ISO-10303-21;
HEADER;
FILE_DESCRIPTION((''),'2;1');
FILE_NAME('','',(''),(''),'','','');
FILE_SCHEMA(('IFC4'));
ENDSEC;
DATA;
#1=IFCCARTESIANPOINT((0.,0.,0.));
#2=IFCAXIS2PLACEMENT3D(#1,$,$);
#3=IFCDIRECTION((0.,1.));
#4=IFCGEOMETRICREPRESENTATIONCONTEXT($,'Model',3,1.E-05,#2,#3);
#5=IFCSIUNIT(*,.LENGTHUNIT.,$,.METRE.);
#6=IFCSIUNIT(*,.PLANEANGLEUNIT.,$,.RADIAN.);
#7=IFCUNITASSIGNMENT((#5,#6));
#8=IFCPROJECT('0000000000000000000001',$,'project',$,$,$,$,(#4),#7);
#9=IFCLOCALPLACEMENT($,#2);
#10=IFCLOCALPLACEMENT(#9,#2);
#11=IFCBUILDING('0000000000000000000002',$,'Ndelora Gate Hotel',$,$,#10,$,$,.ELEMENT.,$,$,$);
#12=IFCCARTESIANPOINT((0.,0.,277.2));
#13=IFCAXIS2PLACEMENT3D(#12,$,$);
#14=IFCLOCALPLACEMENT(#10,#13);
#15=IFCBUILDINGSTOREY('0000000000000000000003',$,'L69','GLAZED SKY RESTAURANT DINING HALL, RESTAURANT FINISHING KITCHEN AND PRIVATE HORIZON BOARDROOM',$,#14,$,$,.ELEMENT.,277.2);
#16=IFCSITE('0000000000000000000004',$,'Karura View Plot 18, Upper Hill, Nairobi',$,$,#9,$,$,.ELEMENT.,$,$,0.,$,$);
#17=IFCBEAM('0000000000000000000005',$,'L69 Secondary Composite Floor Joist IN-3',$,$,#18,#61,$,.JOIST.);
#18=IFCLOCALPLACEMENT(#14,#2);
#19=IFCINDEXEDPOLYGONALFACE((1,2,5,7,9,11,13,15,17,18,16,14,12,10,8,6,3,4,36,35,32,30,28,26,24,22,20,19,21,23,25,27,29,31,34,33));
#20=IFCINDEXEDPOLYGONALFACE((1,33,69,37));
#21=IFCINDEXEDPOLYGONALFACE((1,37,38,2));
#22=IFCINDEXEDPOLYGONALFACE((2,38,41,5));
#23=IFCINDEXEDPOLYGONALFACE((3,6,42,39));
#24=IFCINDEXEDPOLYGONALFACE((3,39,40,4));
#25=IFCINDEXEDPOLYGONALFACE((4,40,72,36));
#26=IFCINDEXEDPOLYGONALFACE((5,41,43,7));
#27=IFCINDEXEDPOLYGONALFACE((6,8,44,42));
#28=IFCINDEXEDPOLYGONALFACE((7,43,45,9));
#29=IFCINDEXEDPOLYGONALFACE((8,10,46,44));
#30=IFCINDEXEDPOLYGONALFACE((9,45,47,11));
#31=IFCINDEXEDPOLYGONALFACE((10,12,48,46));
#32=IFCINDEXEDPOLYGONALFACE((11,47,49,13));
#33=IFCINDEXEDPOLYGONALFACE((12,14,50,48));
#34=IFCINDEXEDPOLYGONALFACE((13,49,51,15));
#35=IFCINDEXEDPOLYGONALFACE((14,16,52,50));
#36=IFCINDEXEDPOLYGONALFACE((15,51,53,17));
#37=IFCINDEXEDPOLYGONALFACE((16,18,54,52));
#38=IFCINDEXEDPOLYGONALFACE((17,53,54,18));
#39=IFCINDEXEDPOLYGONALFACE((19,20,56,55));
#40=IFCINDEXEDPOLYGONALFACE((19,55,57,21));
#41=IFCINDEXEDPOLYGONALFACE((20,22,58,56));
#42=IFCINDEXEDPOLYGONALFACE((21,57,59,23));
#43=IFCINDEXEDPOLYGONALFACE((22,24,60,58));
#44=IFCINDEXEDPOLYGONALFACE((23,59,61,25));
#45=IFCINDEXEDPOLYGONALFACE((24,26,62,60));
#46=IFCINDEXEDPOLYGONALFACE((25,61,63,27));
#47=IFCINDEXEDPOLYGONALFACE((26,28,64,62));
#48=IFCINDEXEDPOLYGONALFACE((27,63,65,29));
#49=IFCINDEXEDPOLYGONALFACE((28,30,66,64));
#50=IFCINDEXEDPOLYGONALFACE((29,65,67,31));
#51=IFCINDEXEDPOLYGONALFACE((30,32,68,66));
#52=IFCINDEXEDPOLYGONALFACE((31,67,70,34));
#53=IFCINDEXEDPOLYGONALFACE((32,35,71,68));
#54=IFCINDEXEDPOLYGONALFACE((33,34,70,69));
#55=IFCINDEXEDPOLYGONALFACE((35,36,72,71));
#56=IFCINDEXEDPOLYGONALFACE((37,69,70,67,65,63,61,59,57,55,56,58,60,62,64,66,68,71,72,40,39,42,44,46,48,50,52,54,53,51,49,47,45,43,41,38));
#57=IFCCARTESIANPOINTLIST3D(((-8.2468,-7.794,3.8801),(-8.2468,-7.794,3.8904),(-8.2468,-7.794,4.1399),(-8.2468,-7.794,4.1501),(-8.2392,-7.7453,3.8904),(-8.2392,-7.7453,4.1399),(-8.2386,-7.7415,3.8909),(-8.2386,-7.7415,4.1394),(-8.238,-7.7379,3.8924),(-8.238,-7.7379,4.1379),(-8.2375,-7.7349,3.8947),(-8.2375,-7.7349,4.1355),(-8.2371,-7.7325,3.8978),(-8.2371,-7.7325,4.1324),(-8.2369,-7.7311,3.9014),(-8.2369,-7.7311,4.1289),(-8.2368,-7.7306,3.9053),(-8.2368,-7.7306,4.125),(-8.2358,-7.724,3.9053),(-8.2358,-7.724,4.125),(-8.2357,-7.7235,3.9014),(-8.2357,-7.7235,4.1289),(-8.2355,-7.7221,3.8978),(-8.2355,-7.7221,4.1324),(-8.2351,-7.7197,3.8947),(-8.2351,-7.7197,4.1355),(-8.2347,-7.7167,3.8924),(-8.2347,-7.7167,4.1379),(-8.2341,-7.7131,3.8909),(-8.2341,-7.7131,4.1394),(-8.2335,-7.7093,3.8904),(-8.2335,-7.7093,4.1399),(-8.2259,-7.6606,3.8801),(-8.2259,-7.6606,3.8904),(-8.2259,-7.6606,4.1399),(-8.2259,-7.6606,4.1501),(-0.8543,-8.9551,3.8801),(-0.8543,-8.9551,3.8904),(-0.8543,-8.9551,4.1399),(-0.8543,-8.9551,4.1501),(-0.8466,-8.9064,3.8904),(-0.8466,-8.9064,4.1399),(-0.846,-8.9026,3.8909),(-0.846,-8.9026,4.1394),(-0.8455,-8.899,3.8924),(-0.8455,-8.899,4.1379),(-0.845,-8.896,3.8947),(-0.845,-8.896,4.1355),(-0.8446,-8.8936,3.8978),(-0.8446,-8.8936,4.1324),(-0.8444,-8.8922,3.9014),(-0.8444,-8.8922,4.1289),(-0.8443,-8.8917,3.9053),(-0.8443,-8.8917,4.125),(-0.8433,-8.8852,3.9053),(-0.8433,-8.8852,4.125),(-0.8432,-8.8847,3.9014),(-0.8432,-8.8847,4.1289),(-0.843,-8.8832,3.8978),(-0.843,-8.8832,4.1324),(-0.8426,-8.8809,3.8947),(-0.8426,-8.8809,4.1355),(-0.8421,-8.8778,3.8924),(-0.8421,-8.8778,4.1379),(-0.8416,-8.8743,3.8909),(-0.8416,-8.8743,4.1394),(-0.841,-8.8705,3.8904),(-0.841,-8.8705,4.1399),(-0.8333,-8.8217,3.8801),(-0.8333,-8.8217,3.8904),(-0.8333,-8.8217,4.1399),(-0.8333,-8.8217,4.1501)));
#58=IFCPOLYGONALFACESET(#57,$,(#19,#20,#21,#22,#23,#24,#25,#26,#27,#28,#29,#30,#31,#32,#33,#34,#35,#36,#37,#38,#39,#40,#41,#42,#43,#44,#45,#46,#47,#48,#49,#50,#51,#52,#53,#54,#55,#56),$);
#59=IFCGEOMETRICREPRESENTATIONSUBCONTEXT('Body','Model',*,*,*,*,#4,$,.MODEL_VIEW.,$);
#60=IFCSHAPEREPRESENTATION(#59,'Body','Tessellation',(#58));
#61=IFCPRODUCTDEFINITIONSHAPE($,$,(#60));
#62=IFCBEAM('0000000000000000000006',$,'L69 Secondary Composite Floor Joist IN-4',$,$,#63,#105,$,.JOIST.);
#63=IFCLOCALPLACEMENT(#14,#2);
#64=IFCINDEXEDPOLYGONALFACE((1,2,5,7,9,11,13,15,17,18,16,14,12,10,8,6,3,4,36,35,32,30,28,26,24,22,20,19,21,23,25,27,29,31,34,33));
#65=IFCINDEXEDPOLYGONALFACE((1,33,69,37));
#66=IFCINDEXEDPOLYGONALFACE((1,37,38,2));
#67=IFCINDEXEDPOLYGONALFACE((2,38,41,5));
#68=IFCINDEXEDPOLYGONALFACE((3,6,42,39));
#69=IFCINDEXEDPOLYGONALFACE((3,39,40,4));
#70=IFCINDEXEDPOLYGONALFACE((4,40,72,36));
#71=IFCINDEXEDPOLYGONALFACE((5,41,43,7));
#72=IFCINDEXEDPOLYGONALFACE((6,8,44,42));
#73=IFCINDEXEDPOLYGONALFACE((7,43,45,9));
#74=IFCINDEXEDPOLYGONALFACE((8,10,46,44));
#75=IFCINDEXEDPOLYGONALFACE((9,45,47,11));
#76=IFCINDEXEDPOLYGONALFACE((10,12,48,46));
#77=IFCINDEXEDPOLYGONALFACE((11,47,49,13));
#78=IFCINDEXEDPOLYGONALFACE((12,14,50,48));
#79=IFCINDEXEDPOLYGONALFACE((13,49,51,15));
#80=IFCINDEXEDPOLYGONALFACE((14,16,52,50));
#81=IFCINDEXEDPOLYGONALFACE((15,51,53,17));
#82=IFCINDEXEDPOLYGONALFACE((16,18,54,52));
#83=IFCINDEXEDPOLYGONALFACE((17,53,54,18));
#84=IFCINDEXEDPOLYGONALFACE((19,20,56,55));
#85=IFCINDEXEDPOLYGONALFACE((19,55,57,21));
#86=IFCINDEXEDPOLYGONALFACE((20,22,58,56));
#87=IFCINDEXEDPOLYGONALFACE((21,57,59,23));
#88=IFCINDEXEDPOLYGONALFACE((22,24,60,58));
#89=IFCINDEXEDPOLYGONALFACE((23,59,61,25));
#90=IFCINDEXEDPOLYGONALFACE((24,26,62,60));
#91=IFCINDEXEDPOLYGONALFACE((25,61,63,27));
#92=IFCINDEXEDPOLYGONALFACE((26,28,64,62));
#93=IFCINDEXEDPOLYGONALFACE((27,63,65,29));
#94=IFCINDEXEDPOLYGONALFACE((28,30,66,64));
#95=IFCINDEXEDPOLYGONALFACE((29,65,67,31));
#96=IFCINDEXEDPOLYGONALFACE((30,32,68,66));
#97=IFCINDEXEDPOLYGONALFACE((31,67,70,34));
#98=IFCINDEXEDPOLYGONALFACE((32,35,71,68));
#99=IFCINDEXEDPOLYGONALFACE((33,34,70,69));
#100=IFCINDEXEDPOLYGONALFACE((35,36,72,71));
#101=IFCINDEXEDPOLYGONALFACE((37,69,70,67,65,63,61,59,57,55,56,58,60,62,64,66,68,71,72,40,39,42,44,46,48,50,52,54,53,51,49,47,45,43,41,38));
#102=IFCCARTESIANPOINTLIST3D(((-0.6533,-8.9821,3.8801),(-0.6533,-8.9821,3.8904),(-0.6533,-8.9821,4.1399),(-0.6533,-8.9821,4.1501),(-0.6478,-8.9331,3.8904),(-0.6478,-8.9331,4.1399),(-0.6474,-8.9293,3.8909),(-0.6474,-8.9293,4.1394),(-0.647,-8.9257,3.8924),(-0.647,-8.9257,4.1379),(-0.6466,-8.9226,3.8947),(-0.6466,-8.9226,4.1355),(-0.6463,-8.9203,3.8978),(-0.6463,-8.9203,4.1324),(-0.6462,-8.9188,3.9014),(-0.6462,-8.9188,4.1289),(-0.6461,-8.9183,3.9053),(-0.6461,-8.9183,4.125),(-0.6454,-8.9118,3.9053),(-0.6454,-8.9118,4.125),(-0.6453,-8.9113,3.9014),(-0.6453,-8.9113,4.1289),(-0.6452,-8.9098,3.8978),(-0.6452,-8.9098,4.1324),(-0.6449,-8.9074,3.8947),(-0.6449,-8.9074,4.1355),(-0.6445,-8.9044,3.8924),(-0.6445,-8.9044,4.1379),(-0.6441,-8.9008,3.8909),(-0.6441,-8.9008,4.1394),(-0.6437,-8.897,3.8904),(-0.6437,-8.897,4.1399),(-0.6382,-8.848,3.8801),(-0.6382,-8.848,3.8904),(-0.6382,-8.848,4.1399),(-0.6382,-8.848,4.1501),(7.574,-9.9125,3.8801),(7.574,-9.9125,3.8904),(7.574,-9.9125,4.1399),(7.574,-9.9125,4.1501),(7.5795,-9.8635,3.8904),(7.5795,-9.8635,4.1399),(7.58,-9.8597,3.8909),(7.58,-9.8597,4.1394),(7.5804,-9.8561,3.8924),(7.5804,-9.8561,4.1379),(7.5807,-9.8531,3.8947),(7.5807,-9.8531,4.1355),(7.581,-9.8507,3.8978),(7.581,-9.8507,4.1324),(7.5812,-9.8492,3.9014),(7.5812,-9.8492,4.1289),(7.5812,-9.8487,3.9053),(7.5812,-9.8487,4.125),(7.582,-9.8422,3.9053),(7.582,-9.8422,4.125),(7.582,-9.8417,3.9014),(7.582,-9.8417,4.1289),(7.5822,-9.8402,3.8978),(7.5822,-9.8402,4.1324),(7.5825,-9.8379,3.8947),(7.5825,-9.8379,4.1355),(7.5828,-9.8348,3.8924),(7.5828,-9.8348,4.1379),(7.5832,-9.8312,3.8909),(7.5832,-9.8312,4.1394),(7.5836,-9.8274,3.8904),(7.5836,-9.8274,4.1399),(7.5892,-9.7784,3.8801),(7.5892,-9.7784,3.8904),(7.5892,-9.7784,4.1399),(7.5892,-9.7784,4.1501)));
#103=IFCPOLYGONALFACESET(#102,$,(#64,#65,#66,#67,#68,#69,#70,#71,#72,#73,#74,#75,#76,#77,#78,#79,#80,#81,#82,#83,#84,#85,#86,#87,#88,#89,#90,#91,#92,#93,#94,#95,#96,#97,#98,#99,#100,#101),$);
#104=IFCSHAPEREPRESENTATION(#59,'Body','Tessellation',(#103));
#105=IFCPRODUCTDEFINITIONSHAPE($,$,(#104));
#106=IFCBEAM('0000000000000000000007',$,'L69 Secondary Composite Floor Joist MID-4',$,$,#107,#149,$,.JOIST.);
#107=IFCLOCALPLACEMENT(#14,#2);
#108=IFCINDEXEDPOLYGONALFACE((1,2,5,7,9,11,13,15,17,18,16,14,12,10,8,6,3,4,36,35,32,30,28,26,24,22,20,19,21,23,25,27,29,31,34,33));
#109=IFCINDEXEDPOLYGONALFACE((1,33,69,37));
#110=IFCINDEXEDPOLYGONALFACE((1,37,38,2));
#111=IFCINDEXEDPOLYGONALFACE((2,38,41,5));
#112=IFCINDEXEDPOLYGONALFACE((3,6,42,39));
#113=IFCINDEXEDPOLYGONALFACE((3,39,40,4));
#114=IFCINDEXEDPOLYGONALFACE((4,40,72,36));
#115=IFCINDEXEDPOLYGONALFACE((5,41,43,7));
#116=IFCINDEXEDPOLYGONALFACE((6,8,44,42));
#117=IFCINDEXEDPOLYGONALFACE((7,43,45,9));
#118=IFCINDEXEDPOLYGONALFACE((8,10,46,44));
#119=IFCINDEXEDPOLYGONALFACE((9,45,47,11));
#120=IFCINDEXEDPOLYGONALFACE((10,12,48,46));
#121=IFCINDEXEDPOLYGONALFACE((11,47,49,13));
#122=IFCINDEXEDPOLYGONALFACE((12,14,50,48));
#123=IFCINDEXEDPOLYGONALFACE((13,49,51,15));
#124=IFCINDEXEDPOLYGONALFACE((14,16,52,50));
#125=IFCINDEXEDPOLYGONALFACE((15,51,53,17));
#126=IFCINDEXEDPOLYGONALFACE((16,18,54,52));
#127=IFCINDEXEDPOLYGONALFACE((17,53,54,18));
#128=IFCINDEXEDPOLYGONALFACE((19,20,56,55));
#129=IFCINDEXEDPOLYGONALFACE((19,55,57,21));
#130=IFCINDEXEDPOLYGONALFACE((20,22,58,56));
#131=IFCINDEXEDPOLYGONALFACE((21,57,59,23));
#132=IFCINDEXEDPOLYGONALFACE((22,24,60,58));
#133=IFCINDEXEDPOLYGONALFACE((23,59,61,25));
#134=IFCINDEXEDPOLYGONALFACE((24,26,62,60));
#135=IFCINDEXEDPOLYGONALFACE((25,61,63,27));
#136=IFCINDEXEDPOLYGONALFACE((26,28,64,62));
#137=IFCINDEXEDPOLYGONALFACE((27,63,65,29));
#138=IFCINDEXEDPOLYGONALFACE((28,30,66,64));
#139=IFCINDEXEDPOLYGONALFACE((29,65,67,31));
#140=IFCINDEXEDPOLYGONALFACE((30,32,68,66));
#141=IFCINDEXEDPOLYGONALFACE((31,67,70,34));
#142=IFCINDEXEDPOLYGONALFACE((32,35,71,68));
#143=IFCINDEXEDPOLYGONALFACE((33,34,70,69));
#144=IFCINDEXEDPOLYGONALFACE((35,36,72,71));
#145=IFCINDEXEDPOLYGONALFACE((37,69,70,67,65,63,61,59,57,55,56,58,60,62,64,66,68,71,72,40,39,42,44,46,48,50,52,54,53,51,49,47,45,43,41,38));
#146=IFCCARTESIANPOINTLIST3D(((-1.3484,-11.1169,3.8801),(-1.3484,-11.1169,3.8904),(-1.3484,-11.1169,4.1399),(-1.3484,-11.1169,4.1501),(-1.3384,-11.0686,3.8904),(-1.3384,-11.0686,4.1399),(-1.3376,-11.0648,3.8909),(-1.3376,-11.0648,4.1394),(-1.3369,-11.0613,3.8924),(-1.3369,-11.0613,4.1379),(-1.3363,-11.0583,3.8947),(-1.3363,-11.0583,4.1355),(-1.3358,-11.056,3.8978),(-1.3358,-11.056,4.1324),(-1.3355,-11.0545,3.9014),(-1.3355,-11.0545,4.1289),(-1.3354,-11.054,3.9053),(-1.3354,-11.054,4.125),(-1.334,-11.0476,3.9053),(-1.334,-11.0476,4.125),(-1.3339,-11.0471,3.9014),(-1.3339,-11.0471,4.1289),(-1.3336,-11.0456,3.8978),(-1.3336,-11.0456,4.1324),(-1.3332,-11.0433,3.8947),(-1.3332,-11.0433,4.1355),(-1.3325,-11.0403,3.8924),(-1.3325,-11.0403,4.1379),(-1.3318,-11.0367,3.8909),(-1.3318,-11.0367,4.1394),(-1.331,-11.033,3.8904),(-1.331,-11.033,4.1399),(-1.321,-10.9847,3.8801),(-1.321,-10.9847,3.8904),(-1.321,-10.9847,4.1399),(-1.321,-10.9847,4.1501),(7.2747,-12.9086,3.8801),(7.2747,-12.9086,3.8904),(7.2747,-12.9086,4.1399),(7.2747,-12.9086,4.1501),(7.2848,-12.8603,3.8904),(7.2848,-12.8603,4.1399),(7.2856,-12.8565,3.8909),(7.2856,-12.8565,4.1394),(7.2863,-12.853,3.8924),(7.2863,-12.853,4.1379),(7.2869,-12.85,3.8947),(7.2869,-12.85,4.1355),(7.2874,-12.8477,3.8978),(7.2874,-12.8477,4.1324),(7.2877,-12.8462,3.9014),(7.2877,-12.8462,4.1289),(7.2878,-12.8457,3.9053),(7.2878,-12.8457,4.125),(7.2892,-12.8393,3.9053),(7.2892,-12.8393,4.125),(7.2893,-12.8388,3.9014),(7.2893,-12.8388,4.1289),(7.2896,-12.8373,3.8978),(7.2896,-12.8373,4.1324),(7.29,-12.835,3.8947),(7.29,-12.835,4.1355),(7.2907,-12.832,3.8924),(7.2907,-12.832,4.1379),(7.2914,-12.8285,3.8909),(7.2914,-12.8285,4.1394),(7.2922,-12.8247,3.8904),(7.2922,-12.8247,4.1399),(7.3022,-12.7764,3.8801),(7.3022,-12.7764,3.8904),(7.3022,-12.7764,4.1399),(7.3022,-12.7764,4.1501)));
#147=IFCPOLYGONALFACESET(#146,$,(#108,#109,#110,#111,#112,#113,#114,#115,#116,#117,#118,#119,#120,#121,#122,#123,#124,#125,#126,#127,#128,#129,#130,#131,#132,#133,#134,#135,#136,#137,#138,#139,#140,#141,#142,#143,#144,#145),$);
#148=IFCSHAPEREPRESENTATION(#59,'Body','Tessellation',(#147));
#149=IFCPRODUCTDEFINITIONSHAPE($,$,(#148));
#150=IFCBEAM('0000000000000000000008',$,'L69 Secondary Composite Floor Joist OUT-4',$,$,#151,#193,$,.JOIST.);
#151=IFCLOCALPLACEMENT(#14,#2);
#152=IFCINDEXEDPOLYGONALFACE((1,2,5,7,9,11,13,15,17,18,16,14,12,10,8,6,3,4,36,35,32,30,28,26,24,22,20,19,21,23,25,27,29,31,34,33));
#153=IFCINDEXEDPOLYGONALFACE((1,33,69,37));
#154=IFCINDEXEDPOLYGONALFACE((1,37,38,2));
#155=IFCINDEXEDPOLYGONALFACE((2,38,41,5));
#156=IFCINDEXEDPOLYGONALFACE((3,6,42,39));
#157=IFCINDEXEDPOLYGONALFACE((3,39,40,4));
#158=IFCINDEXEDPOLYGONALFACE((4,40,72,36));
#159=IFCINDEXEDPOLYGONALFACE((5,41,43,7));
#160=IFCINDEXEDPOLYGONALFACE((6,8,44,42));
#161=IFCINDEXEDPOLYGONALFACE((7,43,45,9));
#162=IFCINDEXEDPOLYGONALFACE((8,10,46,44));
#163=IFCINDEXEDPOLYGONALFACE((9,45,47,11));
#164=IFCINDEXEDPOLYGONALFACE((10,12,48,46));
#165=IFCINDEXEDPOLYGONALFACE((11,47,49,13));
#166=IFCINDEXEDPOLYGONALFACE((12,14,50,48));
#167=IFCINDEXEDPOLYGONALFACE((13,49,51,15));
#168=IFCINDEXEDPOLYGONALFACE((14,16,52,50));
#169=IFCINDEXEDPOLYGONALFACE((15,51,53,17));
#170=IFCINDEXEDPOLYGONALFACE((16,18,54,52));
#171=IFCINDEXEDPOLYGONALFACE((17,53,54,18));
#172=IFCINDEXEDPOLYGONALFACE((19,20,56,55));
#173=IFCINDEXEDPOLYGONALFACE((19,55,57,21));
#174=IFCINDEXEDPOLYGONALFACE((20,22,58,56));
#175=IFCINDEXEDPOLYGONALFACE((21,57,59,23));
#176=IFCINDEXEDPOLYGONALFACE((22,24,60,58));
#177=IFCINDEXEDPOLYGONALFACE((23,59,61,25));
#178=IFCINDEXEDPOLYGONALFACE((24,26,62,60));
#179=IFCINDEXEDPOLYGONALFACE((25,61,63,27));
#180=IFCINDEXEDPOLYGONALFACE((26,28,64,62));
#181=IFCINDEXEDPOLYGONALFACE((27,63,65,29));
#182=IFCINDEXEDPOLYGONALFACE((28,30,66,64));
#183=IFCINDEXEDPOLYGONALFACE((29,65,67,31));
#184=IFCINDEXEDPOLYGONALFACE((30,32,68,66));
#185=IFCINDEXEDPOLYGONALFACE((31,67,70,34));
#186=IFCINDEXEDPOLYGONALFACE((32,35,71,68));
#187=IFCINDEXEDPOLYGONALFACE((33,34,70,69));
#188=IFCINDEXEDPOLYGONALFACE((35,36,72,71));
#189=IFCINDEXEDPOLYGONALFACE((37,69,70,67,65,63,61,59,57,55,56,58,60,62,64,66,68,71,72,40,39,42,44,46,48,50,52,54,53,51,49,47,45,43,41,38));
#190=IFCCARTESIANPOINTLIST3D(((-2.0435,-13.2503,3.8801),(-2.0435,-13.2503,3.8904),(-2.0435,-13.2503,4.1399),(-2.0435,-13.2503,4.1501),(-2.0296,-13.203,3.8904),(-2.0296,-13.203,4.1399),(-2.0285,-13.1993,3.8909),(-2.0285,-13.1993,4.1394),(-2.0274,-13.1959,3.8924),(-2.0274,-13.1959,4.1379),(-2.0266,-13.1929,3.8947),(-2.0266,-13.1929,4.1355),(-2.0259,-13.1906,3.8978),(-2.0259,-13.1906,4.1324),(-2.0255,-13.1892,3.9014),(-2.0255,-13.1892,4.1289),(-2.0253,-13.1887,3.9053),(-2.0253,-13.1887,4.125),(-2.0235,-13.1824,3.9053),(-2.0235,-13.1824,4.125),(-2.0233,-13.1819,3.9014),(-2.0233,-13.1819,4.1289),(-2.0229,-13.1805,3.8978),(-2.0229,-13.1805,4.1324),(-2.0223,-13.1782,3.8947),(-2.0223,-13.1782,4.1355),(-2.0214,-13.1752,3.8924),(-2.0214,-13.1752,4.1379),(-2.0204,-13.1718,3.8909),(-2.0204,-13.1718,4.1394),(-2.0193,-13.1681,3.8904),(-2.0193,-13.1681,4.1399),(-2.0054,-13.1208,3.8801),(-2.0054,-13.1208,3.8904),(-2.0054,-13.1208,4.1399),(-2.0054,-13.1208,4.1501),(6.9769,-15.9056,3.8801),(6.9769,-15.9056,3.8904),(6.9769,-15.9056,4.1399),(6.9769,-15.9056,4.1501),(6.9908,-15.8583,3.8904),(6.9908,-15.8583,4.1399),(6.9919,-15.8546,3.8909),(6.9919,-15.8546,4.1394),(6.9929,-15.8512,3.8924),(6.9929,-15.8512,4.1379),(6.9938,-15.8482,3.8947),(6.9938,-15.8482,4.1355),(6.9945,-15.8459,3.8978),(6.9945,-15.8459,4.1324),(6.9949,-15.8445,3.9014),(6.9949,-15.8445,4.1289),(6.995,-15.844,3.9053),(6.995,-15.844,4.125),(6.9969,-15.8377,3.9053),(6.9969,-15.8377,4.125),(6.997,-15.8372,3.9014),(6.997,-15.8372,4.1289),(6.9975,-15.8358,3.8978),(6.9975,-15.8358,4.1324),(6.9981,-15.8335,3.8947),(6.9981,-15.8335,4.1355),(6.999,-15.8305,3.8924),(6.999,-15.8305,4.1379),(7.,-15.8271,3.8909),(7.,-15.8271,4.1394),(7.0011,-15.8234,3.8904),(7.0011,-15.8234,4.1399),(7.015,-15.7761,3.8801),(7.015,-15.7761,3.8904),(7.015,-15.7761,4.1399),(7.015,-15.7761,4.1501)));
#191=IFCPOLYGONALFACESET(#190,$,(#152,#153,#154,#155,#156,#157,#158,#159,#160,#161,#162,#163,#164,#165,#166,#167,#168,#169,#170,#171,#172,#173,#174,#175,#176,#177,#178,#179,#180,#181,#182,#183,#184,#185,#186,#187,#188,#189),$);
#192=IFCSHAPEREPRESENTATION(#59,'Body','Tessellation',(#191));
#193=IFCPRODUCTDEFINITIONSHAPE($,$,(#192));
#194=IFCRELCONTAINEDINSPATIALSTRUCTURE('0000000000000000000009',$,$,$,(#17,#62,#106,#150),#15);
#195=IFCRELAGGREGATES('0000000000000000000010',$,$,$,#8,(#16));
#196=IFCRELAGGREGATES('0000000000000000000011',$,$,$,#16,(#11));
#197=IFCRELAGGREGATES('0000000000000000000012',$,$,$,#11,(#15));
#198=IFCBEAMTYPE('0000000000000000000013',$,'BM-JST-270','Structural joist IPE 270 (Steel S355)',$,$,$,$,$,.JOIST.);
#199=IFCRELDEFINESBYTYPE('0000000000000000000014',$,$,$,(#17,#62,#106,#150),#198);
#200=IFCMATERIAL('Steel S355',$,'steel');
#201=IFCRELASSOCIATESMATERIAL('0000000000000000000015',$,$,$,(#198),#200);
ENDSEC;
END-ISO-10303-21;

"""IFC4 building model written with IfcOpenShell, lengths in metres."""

from ifc_helpers import new_model, si_unit, direction, frame, origin, origin_2d, place, context, subcontext, project, spatial, i_section, extrude, material, material_profile, profile_set, type_object, element, save


model = new_model("IFC4")

# Units and contexts
model_context = context("Model", 3, precision=1e-05, world=origin(), true_north=direction((0.0, 1.0)))
body_context = subcontext(model_context, "Body", "Model", "MODEL_VIEW")
ifc_project = project(units=[si_unit("LENGTHUNIT", "METRE"), si_unit("PLANEANGLEUNIT", "RADIAN")], contexts=[model_context])

# Site, building, storey
site_placement = place(None, origin())
site = spatial("IfcSite", under=ifc_project, at=site_placement, Name="Karura View Plot 18, Upper Hill, Nairobi", CompositionType="ELEMENT", RefElevation=0.0)
building_placement = place(site_placement, origin())
building = spatial("IfcBuilding", under=site, at=building_placement, Name="Ndelora Gate Hotel", CompositionType="ELEMENT")
storey_placement = place(building_placement, frame((0.0, 0.0, 277.2)))
storey = spatial("IfcBuildingStorey", under=building, at=storey_placement, Name="L69", Description="GLAZED SKY RESTAURANT DINING HALL, RESTAURANT FINISHING KITCHEN AND PRIVATE HORIZON BOARDROOM", CompositionType="ELEMENT", Elevation=277.2)

# Beams
ifc_material_1 = material(Name="Steel S355", Category="steel")
ifc_material_profile_1 = material_profile(ifc_material_1, i_section(OverallWidth=0.135, OverallDepth=0.27, WebThickness=0.0066, FlangeThickness=0.0103, FilletRadius=0.0149, at=origin_2d()), Name="IPE 270")
ifc_profile_set_1 = profile_set([ifc_material_profile_1], Name="Steel S355")
beam_type_1 = type_object("IfcBeamType", Name="BM-JST-270", Description="Structural joist IPE 270 (Steel S355)", PredefinedType="JOIST", material=ifc_profile_set_1)
beam_1_placement = place(storey_placement, frame((-8.2363, -7.7273, 4.0151), z_axis=(0.987889, -0.155165, 0.0), x_axis=(0.155165, 0.987889, 0.0)))
element("IfcBeam", 1, at=beam_1_placement, inside=storey, type_object=beam_type_1, Name="L69 Secondary Composite Floor Joist IN-3", PredefinedType="JOIST", context=body_context, shape_type="SweptSolid", body=[
    extrude(i_section(OverallWidth=0.135, OverallDepth=0.27, WebThickness=0.0066, FlangeThickness=0.0103, FilletRadius=0.0149, at=origin_2d()), origin(), (0.0, 0.0, 1.0), 7.4832),
])
beam_2_placement = place(storey_placement, frame((-0.6458, -8.915, 4.0151), z_axis=(0.993666, -0.112373, 0.0), x_axis=(0.112373, 0.993666, 0.0)))
element("IfcBeam", 2, at=beam_2_placement, inside=storey, type_object=beam_type_1, Name="L69 Secondary Composite Floor Joist IN-4", PredefinedType="JOIST", context=body_context, shape_type="SweptSolid", body=[
    extrude(i_section(OverallWidth=0.135, OverallDepth=0.27, WebThickness=0.0066, FlangeThickness=0.0103, FilletRadius=0.0149, at=origin_2d()), origin(), (0.0, 0.0, 1.0), 8.2798),
])
beam_3_placement = place(storey_placement, frame((-1.3347, -11.0508, 4.0151), z_axis=(0.979088, -0.203435, 0.0), x_axis=(0.203435, 0.979088, 0.0)))
element("IfcBeam", 3, at=beam_3_placement, inside=storey, type_object=beam_type_1, Name="L69 Secondary Composite Floor Joist MID-4", PredefinedType="JOIST", context=body_context, shape_type="SweptSolid", body=[
    extrude(i_section(OverallWidth=0.135, OverallDepth=0.27, WebThickness=0.0066, FlangeThickness=0.0103, FilletRadius=0.0149, at=origin_2d()), origin(), (0.0, 0.0, 1.0), 8.8074),
])
beam_4_placement = place(storey_placement, frame((-2.0244, -13.1855, 4.0151), z_axis=(0.959301, -0.282387, 0.0), x_axis=(0.282387, 0.959301, 0.0)))
element("IfcBeam", 4, at=beam_4_placement, inside=storey, type_object=beam_type_1, Name="L69 Secondary Composite Floor Joist OUT-4", PredefinedType="JOIST", context=body_context, shape_type="SweptSolid", body=[
    extrude(i_section(OverallWidth=0.135, OverallDepth=0.27, WebThickness=0.0066, FlangeThickness=0.0103, FilletRadius=0.0149, at=origin_2d()), origin(), (0.0, 0.0, 1.0), 9.4031),
])

save(model, "model.ifc")
